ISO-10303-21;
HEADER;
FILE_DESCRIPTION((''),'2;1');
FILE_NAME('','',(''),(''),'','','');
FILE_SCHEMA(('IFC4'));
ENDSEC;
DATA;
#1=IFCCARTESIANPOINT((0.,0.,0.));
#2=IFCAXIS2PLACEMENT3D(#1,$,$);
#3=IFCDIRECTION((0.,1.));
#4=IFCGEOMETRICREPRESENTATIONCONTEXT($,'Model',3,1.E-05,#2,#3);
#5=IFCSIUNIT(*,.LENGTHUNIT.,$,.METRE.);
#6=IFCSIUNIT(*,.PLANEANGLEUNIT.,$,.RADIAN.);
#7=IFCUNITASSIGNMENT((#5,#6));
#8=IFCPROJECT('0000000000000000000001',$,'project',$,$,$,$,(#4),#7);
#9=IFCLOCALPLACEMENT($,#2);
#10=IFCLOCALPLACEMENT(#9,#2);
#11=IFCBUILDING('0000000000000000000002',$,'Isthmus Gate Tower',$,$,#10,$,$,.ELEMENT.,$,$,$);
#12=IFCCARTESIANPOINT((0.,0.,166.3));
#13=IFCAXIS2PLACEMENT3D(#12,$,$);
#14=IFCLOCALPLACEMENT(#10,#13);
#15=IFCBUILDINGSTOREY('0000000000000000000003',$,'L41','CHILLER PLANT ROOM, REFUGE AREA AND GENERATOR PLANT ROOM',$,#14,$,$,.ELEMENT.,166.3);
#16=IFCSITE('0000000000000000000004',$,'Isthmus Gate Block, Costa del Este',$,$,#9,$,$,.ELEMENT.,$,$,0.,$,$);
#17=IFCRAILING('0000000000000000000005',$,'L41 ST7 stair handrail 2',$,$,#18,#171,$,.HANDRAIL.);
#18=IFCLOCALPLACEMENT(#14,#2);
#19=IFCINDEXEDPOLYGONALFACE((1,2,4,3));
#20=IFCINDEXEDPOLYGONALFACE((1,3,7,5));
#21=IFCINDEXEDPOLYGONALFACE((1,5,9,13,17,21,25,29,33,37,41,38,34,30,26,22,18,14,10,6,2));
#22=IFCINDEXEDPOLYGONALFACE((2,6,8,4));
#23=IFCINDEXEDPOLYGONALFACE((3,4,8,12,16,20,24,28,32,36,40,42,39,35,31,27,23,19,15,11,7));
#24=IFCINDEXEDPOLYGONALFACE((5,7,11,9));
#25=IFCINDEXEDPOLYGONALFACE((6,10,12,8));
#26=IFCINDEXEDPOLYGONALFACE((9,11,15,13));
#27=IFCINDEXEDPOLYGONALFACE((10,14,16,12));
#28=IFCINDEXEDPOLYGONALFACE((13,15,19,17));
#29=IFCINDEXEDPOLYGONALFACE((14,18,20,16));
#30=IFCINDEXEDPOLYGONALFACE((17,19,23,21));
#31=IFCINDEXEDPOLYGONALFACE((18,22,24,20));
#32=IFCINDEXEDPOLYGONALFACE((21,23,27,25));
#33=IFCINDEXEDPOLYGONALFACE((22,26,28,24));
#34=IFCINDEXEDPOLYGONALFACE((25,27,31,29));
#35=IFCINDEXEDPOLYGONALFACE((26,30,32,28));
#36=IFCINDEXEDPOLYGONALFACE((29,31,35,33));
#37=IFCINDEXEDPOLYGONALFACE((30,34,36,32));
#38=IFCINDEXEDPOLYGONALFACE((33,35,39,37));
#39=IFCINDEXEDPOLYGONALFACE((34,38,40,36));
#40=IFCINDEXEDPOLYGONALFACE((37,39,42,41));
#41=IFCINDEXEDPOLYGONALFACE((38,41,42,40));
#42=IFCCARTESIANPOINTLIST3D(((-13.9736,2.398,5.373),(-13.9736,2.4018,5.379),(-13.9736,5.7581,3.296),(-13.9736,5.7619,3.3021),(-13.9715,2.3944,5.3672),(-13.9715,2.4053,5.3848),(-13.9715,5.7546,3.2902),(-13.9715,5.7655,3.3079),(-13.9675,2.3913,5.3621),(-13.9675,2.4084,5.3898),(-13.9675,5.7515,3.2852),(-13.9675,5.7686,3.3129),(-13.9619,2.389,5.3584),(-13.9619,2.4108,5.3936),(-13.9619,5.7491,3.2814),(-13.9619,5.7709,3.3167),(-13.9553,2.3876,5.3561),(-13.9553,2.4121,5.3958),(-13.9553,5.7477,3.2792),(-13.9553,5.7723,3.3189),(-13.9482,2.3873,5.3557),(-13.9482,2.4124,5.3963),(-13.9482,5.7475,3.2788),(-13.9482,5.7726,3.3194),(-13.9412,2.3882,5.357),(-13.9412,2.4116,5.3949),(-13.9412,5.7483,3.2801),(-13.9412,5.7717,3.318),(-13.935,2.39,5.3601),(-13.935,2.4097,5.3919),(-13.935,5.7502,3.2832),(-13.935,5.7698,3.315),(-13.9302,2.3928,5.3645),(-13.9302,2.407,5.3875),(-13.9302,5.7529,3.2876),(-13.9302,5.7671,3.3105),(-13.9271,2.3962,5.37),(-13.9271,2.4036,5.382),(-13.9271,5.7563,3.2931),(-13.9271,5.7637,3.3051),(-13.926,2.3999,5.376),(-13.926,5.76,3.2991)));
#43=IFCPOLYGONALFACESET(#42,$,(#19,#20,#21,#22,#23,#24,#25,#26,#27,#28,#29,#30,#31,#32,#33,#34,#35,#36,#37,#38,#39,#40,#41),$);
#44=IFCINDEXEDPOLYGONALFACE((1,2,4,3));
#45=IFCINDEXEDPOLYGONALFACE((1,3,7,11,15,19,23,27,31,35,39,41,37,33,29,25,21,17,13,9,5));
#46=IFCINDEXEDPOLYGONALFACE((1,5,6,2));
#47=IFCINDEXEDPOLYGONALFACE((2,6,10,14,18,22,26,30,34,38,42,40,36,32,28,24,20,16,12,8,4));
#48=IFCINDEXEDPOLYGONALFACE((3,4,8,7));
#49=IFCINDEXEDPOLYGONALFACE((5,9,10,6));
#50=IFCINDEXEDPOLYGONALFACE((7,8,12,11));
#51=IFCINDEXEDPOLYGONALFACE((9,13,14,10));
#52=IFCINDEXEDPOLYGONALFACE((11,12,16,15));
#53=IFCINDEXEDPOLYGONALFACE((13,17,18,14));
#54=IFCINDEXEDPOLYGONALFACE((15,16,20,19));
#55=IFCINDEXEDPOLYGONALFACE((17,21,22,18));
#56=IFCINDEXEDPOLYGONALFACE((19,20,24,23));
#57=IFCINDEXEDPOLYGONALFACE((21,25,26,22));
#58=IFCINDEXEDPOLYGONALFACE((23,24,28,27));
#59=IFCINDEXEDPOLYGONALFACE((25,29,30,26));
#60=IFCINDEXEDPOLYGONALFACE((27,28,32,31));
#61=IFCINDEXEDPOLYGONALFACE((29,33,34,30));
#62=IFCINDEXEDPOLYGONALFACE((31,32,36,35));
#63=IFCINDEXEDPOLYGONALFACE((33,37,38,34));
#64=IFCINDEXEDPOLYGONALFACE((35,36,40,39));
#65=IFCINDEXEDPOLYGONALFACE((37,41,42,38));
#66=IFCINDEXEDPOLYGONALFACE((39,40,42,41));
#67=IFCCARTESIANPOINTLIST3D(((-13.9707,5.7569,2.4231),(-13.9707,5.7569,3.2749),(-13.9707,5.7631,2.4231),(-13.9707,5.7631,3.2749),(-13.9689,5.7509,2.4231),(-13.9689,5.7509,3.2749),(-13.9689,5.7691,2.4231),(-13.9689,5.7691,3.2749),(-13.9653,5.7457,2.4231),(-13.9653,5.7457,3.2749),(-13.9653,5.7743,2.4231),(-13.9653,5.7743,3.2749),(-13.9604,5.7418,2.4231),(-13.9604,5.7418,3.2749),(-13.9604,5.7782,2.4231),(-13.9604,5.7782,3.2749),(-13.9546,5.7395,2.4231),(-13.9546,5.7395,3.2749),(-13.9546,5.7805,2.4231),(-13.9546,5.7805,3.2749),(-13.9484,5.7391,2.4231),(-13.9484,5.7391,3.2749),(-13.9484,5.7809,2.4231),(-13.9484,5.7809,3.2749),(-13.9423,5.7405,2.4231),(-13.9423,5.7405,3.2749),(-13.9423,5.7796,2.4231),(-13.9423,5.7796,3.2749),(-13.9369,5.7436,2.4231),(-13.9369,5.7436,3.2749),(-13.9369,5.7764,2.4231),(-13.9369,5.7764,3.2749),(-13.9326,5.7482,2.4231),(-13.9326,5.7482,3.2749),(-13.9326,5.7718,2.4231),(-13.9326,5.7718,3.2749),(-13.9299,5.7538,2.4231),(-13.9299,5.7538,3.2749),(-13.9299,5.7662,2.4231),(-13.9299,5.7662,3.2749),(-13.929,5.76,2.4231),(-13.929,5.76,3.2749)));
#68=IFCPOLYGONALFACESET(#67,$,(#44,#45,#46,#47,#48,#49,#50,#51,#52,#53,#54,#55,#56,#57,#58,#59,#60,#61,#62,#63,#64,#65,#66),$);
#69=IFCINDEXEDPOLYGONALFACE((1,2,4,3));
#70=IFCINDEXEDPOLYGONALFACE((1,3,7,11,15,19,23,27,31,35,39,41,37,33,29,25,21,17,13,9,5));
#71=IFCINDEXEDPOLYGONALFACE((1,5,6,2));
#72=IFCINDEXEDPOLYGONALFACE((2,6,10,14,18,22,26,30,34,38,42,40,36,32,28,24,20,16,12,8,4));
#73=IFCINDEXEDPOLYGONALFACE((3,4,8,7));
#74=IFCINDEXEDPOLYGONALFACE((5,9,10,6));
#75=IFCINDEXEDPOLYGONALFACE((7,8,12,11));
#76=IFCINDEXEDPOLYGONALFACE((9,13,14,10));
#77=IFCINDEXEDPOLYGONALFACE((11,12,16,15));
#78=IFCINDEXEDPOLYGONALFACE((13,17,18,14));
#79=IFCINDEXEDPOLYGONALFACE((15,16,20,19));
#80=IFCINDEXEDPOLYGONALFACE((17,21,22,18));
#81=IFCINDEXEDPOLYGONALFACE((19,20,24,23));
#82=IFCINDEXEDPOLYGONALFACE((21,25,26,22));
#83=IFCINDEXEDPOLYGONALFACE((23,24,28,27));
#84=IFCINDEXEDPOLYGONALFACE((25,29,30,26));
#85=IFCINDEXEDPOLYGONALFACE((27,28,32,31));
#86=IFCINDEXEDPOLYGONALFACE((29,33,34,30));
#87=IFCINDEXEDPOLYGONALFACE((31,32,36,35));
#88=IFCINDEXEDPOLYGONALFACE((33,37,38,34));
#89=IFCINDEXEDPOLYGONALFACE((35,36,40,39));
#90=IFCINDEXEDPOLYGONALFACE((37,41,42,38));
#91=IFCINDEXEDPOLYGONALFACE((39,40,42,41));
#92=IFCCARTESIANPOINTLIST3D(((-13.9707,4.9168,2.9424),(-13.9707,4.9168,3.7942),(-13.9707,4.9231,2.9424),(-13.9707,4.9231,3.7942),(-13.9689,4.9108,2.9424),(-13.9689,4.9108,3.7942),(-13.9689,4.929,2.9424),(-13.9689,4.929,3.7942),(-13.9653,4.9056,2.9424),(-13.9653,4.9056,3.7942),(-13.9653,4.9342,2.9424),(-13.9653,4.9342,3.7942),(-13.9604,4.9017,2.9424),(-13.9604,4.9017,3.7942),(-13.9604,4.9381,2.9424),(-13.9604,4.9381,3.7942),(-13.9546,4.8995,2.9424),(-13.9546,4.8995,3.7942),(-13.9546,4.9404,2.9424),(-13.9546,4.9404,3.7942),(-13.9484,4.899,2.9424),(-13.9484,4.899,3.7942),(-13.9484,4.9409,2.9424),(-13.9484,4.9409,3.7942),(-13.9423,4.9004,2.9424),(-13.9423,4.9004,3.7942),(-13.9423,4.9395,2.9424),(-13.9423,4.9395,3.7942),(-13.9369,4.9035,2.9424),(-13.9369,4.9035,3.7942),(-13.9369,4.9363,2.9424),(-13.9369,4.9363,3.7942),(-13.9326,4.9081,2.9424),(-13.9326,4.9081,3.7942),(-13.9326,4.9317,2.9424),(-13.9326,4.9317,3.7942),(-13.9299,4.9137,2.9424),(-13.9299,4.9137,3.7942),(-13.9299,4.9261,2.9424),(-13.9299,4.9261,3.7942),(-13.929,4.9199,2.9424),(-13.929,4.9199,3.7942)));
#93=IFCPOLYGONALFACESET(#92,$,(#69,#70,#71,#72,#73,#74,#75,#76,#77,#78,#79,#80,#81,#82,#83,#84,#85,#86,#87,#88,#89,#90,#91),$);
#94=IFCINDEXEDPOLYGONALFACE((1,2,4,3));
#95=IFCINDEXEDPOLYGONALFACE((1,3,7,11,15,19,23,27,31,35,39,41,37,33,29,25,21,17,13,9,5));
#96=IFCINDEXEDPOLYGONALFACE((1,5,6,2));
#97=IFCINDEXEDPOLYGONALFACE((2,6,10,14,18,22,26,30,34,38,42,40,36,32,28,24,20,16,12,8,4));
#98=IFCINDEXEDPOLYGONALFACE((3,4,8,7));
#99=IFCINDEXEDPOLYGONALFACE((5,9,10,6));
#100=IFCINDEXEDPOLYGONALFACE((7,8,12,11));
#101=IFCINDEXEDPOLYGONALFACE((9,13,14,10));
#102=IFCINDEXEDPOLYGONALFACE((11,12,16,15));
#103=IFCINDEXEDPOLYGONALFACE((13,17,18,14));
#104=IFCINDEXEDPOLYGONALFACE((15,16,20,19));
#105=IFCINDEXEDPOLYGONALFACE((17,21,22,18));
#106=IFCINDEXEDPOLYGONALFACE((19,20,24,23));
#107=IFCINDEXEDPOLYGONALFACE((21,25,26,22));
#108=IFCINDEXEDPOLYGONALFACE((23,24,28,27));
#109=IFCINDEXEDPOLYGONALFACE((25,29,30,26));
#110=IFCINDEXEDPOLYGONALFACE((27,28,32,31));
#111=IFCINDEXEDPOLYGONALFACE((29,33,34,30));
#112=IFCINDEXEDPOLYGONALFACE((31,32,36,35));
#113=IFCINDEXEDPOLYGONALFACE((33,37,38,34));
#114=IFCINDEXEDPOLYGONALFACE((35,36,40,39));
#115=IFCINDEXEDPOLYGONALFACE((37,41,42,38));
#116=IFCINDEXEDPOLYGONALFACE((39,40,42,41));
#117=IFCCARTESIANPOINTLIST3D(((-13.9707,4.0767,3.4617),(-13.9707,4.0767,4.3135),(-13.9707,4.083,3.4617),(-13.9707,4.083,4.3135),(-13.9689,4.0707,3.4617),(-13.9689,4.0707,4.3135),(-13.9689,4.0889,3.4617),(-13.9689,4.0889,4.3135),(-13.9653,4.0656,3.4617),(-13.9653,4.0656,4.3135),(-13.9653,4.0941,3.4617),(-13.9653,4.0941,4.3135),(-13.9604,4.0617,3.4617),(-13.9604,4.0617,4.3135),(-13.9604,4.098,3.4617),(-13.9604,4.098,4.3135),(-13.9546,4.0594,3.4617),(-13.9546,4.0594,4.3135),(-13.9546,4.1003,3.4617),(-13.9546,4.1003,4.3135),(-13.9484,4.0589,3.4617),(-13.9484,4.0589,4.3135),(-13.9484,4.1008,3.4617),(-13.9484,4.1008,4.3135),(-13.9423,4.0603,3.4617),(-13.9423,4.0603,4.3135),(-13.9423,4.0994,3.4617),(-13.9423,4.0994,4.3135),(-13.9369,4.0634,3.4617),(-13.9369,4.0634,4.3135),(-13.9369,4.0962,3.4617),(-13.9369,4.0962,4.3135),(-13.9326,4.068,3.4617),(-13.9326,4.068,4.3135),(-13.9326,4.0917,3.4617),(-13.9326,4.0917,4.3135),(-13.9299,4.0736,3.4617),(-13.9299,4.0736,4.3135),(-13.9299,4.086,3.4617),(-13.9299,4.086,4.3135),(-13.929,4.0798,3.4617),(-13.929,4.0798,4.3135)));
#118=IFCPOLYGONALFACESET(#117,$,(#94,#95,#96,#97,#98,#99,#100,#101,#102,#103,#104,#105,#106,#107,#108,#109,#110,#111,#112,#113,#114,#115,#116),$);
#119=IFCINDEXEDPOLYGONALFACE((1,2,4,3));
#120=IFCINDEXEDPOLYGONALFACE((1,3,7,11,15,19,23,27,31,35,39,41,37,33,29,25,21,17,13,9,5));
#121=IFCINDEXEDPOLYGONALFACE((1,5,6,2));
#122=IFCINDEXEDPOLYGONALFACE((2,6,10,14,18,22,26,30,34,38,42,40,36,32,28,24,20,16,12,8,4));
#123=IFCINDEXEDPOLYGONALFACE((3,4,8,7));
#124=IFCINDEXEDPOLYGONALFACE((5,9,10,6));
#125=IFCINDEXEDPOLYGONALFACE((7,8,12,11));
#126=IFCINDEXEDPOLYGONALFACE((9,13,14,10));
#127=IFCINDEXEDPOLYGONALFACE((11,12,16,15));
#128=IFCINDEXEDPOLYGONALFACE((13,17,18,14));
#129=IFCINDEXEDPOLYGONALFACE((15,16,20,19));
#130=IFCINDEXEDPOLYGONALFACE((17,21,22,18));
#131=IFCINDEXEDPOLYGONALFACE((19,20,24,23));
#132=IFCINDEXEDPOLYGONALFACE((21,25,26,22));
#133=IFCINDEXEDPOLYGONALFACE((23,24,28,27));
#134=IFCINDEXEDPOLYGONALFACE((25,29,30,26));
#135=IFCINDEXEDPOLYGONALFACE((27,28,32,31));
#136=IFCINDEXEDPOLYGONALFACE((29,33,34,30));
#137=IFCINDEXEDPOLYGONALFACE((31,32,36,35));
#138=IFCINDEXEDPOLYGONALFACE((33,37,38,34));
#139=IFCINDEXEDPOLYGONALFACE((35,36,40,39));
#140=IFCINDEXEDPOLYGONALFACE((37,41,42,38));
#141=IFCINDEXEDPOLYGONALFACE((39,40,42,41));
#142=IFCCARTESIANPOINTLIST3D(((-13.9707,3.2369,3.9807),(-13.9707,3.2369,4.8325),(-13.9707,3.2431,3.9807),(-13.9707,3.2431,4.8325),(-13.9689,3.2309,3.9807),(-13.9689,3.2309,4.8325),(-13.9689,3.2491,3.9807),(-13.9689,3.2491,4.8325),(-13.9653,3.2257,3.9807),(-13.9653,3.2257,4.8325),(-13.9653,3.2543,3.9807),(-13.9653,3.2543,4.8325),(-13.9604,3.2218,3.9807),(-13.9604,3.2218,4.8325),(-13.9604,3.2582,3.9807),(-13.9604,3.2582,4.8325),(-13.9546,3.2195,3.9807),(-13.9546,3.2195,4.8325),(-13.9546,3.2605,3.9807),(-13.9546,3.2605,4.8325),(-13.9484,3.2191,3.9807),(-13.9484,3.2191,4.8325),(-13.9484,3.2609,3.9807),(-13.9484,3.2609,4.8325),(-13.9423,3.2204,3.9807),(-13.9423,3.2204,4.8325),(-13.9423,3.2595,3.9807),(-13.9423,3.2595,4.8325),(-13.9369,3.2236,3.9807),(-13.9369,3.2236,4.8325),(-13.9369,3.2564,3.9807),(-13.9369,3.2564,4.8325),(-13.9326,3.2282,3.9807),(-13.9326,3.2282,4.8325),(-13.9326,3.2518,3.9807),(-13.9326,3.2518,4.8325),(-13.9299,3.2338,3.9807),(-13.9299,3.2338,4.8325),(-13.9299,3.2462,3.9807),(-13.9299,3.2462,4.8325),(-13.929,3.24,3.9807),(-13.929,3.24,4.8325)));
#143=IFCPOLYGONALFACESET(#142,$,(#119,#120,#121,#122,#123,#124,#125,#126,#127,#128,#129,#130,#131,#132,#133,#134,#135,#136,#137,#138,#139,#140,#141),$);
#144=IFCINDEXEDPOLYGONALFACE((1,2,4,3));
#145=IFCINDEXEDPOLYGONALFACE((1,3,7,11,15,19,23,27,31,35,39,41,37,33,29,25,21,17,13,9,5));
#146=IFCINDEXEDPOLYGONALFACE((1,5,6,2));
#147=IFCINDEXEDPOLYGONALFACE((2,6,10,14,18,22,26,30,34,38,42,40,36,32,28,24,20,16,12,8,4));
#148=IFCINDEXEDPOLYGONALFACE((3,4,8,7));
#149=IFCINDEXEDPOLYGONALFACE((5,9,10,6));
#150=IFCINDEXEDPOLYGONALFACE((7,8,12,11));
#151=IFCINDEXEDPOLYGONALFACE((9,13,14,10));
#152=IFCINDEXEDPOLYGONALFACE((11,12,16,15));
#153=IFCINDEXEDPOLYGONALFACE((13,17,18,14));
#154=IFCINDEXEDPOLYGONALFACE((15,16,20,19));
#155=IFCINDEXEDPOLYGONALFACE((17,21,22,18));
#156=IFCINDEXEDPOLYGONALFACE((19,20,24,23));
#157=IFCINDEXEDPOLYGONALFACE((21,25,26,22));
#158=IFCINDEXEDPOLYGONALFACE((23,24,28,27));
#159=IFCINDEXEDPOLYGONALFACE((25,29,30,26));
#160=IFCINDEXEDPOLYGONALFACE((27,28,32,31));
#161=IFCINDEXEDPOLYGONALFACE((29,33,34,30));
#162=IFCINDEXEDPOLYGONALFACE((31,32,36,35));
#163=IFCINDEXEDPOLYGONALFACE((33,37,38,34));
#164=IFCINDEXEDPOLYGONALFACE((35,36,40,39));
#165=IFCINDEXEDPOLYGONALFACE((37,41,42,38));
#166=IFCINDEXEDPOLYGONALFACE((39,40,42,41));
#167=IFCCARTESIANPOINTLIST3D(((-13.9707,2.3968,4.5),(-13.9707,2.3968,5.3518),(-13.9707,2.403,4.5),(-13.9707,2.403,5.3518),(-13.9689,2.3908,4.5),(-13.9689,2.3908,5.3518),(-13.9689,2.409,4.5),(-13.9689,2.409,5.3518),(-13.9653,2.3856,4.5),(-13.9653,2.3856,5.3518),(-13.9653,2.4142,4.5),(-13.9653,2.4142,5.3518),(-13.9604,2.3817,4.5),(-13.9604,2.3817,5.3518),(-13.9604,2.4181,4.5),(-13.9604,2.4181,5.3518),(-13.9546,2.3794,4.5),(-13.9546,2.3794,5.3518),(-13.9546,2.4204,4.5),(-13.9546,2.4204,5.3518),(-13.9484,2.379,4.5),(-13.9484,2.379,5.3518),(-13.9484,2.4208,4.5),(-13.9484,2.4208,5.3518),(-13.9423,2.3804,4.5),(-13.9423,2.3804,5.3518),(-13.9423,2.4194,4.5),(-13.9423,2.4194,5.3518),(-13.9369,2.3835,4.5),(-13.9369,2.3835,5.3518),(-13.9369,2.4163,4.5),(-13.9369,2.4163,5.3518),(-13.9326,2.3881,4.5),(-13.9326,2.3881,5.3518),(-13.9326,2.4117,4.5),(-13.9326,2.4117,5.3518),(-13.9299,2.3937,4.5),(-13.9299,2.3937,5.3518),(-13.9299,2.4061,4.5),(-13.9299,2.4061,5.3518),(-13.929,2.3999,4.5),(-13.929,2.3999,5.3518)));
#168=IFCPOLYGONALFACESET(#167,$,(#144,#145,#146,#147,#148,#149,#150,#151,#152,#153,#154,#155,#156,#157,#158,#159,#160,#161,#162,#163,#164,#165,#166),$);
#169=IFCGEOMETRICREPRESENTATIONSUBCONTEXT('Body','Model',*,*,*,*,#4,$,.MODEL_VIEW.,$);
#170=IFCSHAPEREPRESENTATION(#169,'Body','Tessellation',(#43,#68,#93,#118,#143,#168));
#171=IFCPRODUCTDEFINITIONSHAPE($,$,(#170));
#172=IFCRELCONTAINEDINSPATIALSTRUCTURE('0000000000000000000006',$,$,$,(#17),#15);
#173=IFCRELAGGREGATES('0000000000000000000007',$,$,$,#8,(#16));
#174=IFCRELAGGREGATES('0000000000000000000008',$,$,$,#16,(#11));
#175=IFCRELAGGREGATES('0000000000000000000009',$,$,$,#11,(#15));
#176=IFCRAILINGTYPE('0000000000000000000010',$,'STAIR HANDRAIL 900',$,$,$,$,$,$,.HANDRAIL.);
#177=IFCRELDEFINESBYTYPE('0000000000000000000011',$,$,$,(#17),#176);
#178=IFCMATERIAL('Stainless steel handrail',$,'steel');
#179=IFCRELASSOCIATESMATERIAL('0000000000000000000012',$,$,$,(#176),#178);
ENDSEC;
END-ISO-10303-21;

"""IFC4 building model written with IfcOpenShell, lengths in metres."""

from ifc_helpers import new_model, si_unit, direction, frame, origin, origin_2d, place, context, subcontext, project, spatial, circle, extrude, material, type_object, element, save


model = new_model("IFC4")

# Units and contexts
model_context = context("Model", 3, precision=1e-05, world=origin(), true_north=direction((0.0, 1.0)))
body_context = subcontext(model_context, "Body", "Model", "MODEL_VIEW")
ifc_project = project(units=[si_unit("LENGTHUNIT", "METRE"), si_unit("PLANEANGLEUNIT", "RADIAN")], contexts=[model_context])

# Site, building, storey
site_placement = place(None, origin())
site = spatial("IfcSite", under=ifc_project, at=site_placement, Name="Isthmus Gate Block, Costa del Este", CompositionType="ELEMENT", RefElevation=0.0)
building_placement = place(site_placement, origin())
building = spatial("IfcBuilding", under=site, at=building_placement, Name="Isthmus Gate Tower", CompositionType="ELEMENT")
storey_placement = place(building_placement, frame((0.0, 0.0, 166.3)))
storey = spatial("IfcBuildingStorey", under=building, at=storey_placement, Name="L41", Description="CHILLER PLANT ROOM, REFUGE AREA AND GENERATOR PLANT ROOM", CompositionType="ELEMENT", Elevation=166.3)

# Railing
ifc_material_1 = material(Name="Stainless steel handrail", Category="steel")
railing_type_1 = type_object("IfcRailingType", Name="STAIR HANDRAIL 900", PredefinedType="HANDRAIL", material=ifc_material_1)
railing_1_placement = place(storey_placement, frame((-13.95, 5.76, 2.4231)))
element("IfcRailing", 1, at=railing_1_placement, inside=storey, type_object=railing_type_1, Name="L41 ST7 stair handrail 2", PredefinedType="HANDRAIL", context=body_context, shape_type="SweptSolid", body=[
    extrude(circle(Radius=0.0239, at=origin_2d()), frame((0.0, 0.0, 0.876), z_axis=(0.0, -0.850623, 0.525776), x_axis=(1.0, 0.0, 0.0)), (0.0, 0.0, 1.0), 3.9502),
    extrude(circle(Radius=0.021, at=origin_2d()), origin(), (0.0, 0.0, 1.0), 0.8518),
    extrude(circle(Radius=0.021, at=origin_2d()), frame((0.0, -0.8401, 0.5193)), (0.0, 0.0, 1.0), 0.8518),
    extrude(circle(Radius=0.021, at=origin_2d()), frame((0.0, -1.6802, 1.0386)), (0.0, 0.0, 1.0), 0.8518),
    extrude(circle(Radius=0.021, at=origin_2d()), frame((0.0, -2.52, 1.5576)), (0.0, 0.0, 1.0), 0.8518),
    extrude(circle(Radius=0.021, at=origin_2d()), frame((0.0, -3.3601, 2.0769)), (0.0, 0.0, 1.0), 0.8518),
])

save(model, "model.ifc")
